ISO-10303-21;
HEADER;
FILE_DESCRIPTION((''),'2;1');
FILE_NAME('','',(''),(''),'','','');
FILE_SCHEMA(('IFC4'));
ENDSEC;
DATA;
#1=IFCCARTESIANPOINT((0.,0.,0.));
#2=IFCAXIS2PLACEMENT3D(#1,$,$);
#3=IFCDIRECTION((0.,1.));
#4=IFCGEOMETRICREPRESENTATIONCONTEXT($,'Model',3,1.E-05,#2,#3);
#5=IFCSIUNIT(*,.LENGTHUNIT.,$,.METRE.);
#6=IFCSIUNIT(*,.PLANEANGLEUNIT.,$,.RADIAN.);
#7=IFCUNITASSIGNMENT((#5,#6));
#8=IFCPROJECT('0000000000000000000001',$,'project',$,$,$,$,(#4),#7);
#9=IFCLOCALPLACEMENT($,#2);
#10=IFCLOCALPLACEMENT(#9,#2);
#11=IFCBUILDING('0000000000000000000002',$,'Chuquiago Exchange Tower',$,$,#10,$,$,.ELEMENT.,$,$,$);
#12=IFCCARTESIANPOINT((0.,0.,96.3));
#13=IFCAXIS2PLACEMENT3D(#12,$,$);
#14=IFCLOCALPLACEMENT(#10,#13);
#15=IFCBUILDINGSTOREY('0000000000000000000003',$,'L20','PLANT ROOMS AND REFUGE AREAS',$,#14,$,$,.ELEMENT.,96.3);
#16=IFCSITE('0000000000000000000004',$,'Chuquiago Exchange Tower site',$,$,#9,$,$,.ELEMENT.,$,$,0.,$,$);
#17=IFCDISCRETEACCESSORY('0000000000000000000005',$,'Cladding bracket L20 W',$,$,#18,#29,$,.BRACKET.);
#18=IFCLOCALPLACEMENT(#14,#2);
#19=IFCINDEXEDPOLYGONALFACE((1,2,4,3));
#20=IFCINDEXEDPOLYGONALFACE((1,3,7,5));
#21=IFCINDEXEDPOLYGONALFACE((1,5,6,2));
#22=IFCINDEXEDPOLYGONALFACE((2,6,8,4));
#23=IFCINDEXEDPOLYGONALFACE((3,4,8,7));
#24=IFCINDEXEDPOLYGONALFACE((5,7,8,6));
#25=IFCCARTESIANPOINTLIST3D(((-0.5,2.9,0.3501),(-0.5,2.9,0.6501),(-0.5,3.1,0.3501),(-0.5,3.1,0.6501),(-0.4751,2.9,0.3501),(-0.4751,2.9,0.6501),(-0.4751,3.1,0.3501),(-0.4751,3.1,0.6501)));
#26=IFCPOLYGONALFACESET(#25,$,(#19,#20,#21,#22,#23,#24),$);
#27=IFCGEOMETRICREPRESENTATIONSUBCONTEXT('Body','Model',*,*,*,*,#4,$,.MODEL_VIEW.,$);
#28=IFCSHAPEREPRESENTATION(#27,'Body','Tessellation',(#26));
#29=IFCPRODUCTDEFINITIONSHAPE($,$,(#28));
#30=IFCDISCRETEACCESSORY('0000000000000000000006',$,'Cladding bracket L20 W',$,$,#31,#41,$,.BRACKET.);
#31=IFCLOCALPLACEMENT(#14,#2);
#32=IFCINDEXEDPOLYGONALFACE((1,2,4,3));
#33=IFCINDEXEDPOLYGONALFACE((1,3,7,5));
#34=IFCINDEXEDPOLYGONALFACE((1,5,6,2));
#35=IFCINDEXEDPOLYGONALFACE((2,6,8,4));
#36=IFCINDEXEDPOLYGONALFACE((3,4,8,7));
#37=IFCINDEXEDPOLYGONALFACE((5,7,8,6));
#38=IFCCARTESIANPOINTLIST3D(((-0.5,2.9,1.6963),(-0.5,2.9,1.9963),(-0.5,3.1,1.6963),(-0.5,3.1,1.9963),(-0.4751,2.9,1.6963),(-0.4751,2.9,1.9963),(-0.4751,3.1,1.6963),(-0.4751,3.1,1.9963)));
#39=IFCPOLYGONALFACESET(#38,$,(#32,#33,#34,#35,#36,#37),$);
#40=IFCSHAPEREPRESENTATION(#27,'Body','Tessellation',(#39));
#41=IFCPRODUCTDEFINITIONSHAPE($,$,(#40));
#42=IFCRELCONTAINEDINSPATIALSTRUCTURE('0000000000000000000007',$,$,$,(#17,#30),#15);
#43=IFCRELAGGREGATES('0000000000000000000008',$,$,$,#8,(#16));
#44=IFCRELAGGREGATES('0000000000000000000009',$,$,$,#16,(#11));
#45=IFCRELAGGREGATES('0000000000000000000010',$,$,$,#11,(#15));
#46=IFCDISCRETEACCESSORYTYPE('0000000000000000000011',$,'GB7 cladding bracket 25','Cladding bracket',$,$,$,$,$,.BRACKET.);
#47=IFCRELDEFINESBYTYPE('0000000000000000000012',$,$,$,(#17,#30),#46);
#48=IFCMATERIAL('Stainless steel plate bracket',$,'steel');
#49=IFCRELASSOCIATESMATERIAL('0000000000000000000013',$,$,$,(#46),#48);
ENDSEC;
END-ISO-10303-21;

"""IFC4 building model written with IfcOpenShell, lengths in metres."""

from ifc_helpers import new_model, si_unit, direction, frame, origin, origin_2d, place, context, subcontext, project, spatial, rectangle, extrude, material, type_object, element, save


model = new_model("IFC4")

# Units and contexts
model_context = context("Model", 3, precision=1e-05, world=origin(), true_north=direction((0.0, 1.0)))
body_context = subcontext(model_context, "Body", "Model", "MODEL_VIEW")
ifc_project = project(units=[si_unit("LENGTHUNIT", "METRE"), si_unit("PLANEANGLEUNIT", "RADIAN")], contexts=[model_context])

# Site, building, storey
site_placement = place(None, origin())
site = spatial("IfcSite", under=ifc_project, at=site_placement, Name="Chuquiago Exchange Tower site", CompositionType="ELEMENT", RefElevation=0.0)
building_placement = place(site_placement, origin())
building = spatial("IfcBuilding", under=site, at=building_placement, Name="Chuquiago Exchange Tower", CompositionType="ELEMENT")
storey_placement = place(building_placement, frame((0.0, 0.0, 96.3)))
storey = spatial("IfcBuildingStorey", under=building, at=storey_placement, Name="L20", Description="PLANT ROOMS AND REFUGE AREAS", CompositionType="ELEMENT", Elevation=96.3)

# Discrete accessories
ifc_material_1 = material(Name="Stainless steel plate bracket", Category="steel")
discrete_accessory_type_1 = type_object("IfcDiscreteAccessoryType", Name="GB7 cladding bracket 25", Description="Cladding bracket", PredefinedType="BRACKET", material=ifc_material_1)
for number, where, z_axis, x_axis, name in (
    (1, (-0.4875, 3.0, 0.3501), (0.0, 0.0, 1.0), (0.0, -1.0, 0.0), "Cladding bracket L20 W"),
    (2, (-0.4875, 3.0, 1.6963), (0.0, 0.0, 1.0), (0.0, -1.0, 0.0), "Cladding bracket L20 W"),
):
    element("IfcDiscreteAccessory", number, at=place(storey_placement, frame(where, z_axis=z_axis, x_axis=x_axis)), inside=storey, type_object=discrete_accessory_type_1, Name=name, PredefinedType="BRACKET", context=body_context, shape_type="SweptSolid", body=[
        extrude(rectangle(XDim=0.2, YDim=0.0249, at=origin_2d()), origin(), (0.0, 0.0, 1.0), 0.3),
    ])

save(model, "model.ifc")
